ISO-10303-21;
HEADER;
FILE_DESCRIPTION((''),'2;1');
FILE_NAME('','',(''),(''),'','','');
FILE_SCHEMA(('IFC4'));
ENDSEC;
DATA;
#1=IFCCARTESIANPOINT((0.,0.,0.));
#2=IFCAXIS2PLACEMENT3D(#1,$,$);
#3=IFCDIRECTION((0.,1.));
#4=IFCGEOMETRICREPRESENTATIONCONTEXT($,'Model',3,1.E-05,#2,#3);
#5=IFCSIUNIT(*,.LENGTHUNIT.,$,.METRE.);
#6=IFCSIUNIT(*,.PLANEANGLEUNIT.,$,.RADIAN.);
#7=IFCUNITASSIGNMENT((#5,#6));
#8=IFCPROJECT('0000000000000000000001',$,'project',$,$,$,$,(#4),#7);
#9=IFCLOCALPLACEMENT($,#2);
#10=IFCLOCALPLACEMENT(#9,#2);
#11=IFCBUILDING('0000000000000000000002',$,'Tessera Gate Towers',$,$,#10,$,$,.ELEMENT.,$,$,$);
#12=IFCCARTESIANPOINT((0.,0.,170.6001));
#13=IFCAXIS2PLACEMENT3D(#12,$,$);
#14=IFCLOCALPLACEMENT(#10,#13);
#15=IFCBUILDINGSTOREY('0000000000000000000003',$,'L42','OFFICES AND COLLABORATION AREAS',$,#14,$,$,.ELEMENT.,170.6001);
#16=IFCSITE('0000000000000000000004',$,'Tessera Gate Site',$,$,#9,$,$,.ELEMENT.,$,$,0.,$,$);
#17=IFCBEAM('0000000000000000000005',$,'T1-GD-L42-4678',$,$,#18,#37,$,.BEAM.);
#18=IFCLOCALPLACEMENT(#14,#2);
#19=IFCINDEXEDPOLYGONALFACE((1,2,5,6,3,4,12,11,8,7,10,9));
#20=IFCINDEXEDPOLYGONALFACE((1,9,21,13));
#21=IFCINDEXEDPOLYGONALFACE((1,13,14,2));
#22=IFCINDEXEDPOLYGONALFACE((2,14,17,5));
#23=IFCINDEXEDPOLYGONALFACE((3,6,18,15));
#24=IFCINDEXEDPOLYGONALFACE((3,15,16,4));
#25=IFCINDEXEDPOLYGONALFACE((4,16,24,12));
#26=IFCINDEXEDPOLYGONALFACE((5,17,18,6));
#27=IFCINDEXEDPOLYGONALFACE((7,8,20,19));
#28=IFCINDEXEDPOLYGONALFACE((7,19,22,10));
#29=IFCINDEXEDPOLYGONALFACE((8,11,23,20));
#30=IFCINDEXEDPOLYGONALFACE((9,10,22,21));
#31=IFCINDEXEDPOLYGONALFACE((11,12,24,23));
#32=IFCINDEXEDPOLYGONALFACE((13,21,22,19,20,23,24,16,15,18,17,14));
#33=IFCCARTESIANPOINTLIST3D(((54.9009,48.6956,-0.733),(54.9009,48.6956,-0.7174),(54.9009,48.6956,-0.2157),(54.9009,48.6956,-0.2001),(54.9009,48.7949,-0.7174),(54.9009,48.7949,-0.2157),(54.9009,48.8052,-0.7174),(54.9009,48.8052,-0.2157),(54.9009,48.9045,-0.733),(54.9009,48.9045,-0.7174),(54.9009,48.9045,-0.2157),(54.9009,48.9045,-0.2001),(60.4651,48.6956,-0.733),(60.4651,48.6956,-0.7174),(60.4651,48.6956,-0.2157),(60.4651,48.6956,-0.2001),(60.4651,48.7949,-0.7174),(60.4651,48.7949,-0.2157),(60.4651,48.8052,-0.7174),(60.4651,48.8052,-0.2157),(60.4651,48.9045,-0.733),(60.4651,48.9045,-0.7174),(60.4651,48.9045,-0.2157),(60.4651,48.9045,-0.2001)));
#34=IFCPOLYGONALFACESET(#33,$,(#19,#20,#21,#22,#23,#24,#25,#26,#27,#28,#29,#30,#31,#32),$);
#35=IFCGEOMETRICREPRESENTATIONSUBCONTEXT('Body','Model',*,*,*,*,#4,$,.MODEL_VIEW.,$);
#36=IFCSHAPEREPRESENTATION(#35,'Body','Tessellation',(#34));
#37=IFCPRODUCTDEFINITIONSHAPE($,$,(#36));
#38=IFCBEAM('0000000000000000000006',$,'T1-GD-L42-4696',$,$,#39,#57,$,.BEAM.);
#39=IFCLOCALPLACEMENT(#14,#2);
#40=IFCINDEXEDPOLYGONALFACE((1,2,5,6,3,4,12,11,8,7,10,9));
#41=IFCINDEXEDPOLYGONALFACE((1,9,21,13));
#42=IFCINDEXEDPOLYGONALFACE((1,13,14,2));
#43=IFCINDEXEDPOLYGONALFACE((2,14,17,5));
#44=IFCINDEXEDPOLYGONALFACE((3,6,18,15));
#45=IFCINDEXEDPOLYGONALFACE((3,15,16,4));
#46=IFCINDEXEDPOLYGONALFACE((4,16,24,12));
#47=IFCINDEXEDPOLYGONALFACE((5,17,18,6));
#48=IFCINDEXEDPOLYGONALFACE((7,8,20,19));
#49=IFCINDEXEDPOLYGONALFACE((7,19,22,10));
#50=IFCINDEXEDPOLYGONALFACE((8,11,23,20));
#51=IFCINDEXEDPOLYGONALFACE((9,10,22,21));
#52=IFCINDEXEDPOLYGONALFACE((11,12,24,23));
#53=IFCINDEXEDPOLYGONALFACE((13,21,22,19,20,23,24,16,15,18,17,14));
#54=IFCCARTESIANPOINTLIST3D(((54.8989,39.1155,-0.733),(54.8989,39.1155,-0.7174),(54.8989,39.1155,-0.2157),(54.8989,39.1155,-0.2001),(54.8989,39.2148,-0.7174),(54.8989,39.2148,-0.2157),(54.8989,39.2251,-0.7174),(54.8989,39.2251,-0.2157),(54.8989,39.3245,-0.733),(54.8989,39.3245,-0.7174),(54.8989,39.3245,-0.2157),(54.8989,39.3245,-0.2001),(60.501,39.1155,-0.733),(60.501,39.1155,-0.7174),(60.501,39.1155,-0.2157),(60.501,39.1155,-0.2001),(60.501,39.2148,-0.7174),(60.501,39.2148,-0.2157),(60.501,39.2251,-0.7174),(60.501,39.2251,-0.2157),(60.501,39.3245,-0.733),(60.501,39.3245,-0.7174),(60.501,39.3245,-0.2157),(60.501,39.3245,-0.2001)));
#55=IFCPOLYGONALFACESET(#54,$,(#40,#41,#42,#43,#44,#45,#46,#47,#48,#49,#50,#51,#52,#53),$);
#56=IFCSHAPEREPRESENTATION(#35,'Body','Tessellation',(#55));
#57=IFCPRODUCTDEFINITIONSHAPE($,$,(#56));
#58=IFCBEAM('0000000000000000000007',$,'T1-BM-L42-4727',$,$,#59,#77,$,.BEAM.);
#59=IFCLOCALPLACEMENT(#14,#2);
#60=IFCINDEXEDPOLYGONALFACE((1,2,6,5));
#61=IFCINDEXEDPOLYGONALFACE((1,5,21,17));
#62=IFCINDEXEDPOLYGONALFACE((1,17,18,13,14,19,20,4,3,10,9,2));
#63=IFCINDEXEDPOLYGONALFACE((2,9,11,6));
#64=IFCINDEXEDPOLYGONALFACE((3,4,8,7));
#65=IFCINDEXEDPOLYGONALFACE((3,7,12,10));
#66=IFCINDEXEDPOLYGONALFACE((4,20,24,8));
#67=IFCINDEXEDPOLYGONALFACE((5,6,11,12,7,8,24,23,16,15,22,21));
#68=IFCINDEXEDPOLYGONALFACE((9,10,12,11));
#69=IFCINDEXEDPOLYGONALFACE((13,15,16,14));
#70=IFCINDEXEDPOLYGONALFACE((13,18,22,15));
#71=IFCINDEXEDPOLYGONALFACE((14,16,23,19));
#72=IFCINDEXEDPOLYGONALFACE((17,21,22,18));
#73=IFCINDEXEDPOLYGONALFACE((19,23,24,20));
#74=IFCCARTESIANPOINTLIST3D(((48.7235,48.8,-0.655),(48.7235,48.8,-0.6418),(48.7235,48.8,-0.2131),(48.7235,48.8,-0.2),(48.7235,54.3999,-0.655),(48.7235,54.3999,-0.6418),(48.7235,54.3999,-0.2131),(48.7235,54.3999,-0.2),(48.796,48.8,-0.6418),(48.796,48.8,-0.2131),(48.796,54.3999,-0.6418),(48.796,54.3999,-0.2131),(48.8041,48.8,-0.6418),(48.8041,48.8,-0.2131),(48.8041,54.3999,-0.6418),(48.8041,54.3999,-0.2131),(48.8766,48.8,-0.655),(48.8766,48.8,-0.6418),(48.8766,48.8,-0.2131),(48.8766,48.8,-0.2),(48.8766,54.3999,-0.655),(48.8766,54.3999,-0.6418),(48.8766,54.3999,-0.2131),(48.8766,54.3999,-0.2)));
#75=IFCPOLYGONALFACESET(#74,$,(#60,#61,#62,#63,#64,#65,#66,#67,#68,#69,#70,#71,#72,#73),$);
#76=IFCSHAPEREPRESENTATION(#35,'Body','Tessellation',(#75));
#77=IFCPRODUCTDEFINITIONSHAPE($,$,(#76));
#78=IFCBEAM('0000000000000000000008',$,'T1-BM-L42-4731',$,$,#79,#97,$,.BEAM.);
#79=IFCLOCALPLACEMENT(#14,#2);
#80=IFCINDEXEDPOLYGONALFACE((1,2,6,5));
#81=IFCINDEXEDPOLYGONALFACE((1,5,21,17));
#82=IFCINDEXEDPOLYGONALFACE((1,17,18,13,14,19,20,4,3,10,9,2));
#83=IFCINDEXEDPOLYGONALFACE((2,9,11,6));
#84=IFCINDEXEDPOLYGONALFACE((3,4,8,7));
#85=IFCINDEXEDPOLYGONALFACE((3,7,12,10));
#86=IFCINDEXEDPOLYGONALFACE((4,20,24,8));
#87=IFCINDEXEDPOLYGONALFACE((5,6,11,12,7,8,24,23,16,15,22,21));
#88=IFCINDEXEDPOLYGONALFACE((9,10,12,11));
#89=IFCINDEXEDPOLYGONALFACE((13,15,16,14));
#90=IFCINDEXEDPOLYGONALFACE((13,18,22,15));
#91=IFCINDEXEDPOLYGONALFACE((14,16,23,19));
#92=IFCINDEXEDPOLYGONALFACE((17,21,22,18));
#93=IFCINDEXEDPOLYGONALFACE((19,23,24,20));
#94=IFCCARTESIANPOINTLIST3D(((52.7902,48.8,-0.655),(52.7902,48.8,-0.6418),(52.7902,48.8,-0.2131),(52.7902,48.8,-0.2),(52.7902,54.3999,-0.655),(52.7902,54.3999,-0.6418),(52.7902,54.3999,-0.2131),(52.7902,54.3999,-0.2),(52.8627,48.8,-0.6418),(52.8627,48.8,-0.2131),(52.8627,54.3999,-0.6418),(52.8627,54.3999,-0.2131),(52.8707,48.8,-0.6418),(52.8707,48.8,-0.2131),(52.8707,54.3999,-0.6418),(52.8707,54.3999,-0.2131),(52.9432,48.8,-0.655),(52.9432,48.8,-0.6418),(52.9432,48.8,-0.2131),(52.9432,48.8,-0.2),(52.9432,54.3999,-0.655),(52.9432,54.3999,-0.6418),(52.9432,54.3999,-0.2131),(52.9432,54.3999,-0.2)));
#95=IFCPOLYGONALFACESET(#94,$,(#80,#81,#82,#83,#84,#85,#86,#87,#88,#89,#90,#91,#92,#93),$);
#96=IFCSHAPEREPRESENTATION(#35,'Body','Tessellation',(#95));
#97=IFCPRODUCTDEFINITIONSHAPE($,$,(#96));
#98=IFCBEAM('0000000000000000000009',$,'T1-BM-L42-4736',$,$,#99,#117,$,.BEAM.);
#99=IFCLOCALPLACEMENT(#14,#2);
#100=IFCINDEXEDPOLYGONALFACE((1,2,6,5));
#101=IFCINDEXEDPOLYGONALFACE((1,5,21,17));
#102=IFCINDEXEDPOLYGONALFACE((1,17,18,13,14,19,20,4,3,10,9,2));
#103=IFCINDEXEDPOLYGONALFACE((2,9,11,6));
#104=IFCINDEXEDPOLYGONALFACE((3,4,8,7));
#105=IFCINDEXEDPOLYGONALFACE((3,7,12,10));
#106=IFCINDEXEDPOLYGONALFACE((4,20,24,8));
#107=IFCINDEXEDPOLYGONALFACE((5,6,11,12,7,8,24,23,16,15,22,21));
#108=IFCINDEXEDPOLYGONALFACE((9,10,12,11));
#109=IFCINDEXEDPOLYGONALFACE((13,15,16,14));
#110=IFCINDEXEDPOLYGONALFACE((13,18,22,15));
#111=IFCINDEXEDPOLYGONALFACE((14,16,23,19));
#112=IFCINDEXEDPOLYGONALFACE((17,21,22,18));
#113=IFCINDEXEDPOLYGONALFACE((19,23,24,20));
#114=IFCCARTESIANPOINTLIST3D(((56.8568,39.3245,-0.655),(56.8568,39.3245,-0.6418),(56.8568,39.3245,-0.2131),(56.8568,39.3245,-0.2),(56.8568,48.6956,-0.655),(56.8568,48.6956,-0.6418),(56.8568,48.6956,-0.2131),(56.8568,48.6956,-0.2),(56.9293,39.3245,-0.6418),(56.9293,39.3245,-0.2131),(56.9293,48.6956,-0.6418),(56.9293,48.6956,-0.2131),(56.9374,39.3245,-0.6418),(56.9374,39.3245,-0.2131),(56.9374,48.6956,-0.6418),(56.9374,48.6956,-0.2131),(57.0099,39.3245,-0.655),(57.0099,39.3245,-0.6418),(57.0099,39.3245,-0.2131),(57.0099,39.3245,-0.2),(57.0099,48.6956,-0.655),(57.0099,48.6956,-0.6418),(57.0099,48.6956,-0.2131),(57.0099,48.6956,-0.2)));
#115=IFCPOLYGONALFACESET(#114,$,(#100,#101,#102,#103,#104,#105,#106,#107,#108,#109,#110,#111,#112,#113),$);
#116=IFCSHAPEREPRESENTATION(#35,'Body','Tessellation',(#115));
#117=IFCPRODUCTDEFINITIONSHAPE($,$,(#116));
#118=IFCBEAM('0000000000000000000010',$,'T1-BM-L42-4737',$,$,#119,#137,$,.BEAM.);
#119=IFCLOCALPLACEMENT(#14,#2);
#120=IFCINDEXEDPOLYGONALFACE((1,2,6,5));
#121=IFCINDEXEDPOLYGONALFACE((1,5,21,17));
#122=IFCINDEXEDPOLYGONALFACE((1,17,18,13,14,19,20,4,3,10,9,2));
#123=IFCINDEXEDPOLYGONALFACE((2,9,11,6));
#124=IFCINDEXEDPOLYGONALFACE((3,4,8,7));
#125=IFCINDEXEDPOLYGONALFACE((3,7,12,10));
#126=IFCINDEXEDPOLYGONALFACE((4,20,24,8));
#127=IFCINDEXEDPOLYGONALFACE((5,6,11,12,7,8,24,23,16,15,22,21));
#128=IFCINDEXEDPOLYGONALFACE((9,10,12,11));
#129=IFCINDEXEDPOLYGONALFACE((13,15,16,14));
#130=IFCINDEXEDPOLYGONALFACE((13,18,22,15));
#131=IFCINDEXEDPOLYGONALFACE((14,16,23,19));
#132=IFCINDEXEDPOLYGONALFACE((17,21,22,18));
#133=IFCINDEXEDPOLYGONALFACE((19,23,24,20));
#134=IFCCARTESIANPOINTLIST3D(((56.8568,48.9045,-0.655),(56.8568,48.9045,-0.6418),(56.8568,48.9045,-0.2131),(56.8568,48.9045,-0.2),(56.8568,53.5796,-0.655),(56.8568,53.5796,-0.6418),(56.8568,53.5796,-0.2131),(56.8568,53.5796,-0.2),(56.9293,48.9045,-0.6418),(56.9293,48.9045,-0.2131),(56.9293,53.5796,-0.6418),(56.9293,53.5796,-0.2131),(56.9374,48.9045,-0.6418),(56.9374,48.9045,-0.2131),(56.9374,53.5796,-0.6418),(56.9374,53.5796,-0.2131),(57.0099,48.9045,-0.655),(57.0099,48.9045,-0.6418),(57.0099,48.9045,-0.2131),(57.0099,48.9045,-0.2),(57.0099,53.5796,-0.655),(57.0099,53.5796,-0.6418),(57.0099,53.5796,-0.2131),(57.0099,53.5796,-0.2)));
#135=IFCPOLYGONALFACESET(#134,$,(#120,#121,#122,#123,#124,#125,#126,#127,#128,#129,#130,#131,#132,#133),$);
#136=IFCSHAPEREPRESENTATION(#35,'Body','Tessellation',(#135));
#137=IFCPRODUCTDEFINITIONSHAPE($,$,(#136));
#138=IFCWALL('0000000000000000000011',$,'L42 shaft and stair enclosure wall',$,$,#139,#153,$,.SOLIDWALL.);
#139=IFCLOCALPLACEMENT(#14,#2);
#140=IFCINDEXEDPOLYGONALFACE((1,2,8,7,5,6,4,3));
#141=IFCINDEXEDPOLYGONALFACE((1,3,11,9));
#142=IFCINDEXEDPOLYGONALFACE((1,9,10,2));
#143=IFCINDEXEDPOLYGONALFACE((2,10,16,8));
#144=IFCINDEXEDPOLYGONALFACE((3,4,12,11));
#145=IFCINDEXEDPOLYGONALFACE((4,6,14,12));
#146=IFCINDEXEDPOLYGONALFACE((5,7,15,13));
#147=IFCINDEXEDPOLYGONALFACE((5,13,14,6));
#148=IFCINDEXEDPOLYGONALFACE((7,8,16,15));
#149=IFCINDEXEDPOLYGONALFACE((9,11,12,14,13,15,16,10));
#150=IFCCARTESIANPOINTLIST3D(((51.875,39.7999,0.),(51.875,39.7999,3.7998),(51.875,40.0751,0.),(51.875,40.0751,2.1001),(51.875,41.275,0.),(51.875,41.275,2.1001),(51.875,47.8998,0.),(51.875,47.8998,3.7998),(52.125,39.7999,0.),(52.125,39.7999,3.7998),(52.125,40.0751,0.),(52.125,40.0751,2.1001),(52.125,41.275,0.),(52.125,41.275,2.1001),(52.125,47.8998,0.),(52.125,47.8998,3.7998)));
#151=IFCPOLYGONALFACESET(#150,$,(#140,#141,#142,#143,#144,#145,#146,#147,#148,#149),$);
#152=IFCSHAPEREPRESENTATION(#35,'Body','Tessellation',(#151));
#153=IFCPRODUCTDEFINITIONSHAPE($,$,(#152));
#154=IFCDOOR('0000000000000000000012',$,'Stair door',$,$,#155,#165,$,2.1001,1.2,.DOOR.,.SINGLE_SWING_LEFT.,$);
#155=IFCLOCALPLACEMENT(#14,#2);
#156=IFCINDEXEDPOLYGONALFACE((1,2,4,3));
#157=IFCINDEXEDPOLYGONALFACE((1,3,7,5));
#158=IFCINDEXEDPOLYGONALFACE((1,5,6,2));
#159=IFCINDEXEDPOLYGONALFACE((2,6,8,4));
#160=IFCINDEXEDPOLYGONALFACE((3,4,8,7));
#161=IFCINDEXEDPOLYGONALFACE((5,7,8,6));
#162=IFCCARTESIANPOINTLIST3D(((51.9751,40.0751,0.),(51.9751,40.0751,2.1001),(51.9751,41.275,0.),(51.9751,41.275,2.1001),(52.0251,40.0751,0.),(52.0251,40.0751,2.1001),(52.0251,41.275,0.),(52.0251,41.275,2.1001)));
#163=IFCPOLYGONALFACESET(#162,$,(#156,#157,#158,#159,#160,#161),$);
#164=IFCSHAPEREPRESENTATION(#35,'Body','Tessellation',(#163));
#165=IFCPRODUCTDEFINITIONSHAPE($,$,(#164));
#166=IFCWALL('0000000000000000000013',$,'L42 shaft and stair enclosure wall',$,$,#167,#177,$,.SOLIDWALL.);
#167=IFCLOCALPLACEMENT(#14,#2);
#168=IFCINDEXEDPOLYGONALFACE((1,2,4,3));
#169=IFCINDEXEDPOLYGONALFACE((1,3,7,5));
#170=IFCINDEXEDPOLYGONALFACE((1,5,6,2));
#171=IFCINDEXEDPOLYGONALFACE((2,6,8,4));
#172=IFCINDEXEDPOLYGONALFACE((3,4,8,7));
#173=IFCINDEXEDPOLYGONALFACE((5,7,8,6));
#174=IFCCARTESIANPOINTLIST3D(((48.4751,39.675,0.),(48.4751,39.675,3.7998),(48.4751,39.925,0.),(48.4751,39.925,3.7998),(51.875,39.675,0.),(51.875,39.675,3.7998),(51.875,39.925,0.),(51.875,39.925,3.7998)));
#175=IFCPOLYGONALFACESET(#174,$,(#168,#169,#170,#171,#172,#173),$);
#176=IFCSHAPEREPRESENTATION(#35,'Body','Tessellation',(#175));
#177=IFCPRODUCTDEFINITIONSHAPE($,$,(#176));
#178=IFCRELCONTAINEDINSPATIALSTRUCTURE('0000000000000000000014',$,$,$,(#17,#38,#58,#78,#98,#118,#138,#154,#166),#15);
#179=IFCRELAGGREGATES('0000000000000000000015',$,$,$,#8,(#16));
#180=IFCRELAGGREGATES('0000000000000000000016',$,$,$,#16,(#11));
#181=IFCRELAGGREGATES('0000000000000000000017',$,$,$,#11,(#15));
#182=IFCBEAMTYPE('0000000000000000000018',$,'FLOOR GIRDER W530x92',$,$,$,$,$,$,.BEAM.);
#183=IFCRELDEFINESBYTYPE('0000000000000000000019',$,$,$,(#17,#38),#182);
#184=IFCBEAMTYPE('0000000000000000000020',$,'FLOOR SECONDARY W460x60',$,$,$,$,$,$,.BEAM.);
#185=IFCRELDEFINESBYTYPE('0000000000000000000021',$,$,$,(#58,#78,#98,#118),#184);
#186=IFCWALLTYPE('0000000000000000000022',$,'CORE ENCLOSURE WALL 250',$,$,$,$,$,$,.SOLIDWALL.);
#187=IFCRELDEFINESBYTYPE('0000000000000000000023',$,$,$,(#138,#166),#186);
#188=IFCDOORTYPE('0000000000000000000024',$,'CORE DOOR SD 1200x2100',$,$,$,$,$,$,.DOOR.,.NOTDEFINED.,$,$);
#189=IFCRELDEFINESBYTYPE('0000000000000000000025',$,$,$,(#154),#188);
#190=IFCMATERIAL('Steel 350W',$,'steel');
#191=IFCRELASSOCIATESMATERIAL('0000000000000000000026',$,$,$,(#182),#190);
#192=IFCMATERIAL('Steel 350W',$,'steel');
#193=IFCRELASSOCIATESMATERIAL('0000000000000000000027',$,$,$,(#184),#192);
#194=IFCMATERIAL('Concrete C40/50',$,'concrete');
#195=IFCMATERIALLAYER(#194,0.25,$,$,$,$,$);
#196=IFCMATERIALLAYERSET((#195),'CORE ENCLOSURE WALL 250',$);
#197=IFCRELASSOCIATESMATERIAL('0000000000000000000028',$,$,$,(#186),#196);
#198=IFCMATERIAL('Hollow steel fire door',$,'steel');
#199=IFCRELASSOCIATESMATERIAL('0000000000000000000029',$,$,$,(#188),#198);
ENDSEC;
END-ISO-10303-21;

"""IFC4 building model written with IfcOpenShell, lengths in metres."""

from ifc_helpers import new_model, si_unit, direction, frame, frame_2d, origin, origin_2d, place, context, subcontext, project, spatial, rectangle, i_section, extrude, source, transform, mapped, material, layer, layer_set, material_profile, profile_set, type_object, element, fill, save


model = new_model("IFC4")

# Units and contexts
model_context = context("Model", 3, precision=1e-05, world=origin(), true_north=direction((0.0, 1.0)))
body_context = subcontext(model_context, "Body", "Model", "MODEL_VIEW")
ifc_project = project(units=[si_unit("LENGTHUNIT", "METRE"), si_unit("PLANEANGLEUNIT", "RADIAN")], contexts=[model_context])

# Site, building, storey
site_placement = place(None, origin())
site = spatial("IfcSite", under=ifc_project, at=site_placement, Name="Tessera Gate Site", CompositionType="ELEMENT", RefElevation=0.0)
building_placement = place(site_placement, origin())
building = spatial("IfcBuilding", under=site, at=building_placement, Name="Tessera Gate Towers", CompositionType="ELEMENT")
storey_placement = place(building_placement, frame((0.0, 0.0, 170.6001)))
storey = spatial("IfcBuildingStorey", under=building, at=storey_placement, Name="L42", Description="OFFICES AND COLLABORATION AREAS", CompositionType="ELEMENT", Elevation=170.6001)

# Beams
ifc_material_1 = material(Name="Steel 350W", Category="steel")
ifc_material_profile_1 = material_profile(ifc_material_1, i_section(OverallWidth=0.209, OverallDepth=0.533, WebThickness=0.0103, FlangeThickness=0.0156, at=origin_2d()), Name="W530x92")
ifc_profile_set_1 = profile_set([ifc_material_profile_1], Name="Steel 350W")
beam_type_1 = type_object("IfcBeamType", Name="FLOOR GIRDER W530x92", PredefinedType="BEAM", material=ifc_profile_set_1)
beam_1_placement = place(storey_placement, frame((54.9009, 48.8, -0.4666), z_axis=(1.0, 0.0, 0.0), x_axis=(0.0, 1.0, 0.0)))
element("IfcBeam", 1, at=beam_1_placement, inside=storey, type_object=beam_type_1, Name="T1-GD-L42-4678", PredefinedType="BEAM", context=body_context, shape_type="SweptSolid", body=[
    extrude(i_section(OverallWidth=0.209, OverallDepth=0.533, WebThickness=0.0103, FlangeThickness=0.0156, at=origin_2d()), origin(), (0.0, 0.0, 1.0), 5.5642),
])
beam_2_placement = place(storey_placement, frame((54.8989, 39.22, -0.4666), z_axis=(1.0, 0.0, 0.0), x_axis=(0.0, 1.0, 0.0)))
element("IfcBeam", 2, at=beam_2_placement, inside=storey, type_object=beam_type_1, Name="T1-GD-L42-4696", PredefinedType="BEAM", context=body_context, shape_type="SweptSolid", body=[
    extrude(i_section(OverallWidth=0.209, OverallDepth=0.533, WebThickness=0.0103, FlangeThickness=0.0156, at=origin_2d()), origin(), (0.0, 0.0, 1.0), 5.6021),
])
ifc_material_2 = material(Name="Steel 350W", Category="steel")
ifc_material_profile_2 = material_profile(ifc_material_2, i_section(OverallWidth=0.1531, OverallDepth=0.4551, WebThickness=0.0081, FlangeThickness=0.0132, at=origin_2d()), Name="W460x60")
ifc_profile_set_2 = profile_set([ifc_material_profile_2], Name="Steel 350W")
beam_type_2 = type_object("IfcBeamType", Name="FLOOR SECONDARY W460x60", PredefinedType="BEAM", material=ifc_profile_set_2)
for number, where, z_axis, x_axis, name in (
    (3, (48.8, 48.8, -0.4275), (0.0, 1.0, 0.0), (-1.0, 0.0, 0.0), "T1-BM-L42-4727"),
    (4, (52.8667, 48.8, -0.4275), (0.0, 1.0, 0.0), (-1.0, 0.0, 0.0), "T1-BM-L42-4731"),
):
    element("IfcBeam", number, at=place(storey_placement, frame(where, z_axis=z_axis, x_axis=x_axis)), inside=storey, type_object=beam_type_2, Name=name, PredefinedType="BEAM", context=body_context, shape_type="SweptSolid", body=[
        extrude(i_section(OverallWidth=0.1531, OverallDepth=0.4551, WebThickness=0.0081, FlangeThickness=0.0132, at=origin_2d()), origin(), (0.0, 0.0, 1.0), 5.5999),
    ])
beam_3_placement = place(storey_placement, frame((56.9333, 39.3245, -0.4275), z_axis=(0.0, 1.0, 0.0), x_axis=(-1.0, 0.0, 0.0)))
element("IfcBeam", 5, at=beam_3_placement, inside=storey, type_object=beam_type_2, Name="T1-BM-L42-4736", PredefinedType="BEAM", context=body_context, shape_type="SweptSolid", body=[
    extrude(i_section(OverallWidth=0.1531, OverallDepth=0.4551, WebThickness=0.0081, FlangeThickness=0.0132, at=origin_2d()), origin(), (0.0, 0.0, 1.0), 9.3711),
])
beam_4_placement = place(storey_placement, frame((56.9333, 48.9045, -0.4275), z_axis=(0.0, 1.0, 0.0), x_axis=(-1.0, 0.0, 0.0)))
element("IfcBeam", 6, at=beam_4_placement, inside=storey, type_object=beam_type_2, Name="T1-BM-L42-4737", PredefinedType="BEAM", context=body_context, shape_type="SweptSolid", body=[
    extrude(i_section(OverallWidth=0.1531, OverallDepth=0.4551, WebThickness=0.0081, FlangeThickness=0.0132, at=origin_2d()), origin(), (0.0, 0.0, 1.0), 4.675),
])

# Wall, opening, door
ifc_material_3 = material(Name="Concrete C40/50", Category="concrete")
ifc_layer_1 = layer(ifc_material_3, 0.25)
ifc_layer_set_1 = layer_set([ifc_layer_1], Name="CORE ENCLOSURE WALL 250")
wall_type_1 = type_object("IfcWallType", Name="CORE ENCLOSURE WALL 250", PredefinedType="SOLIDWALL", material=ifc_layer_set_1)
wall_1_placement = place(storey_placement, frame((52.0, 39.8, 0.0), z_axis=(0.0, 0.0, 1.0), x_axis=(0.0, 1.0, 0.0)))
wall_1 = element("IfcWall", 7, at=wall_1_placement, inside=storey, type_object=wall_type_1, Name="L42 shaft and stair enclosure wall", PredefinedType="SOLIDWALL", context=body_context, shape_type="SweptSolid", body=[
    extrude(rectangle(XDim=8.0999, YDim=0.25, at=frame_2d((4.0498, 0.0))), origin(), (0.0, 0.0, 1.0), 3.7998),
])
shared_shape_1 = source(origin(), body_context, "Body", "SweptSolid", [
    extrude(rectangle(XDim=1.2, YDim=2.1001, at=frame_2d((0.6001, 1.05))), frame((0.0, 0.135, 0.0), z_axis=(0.0, -1.0, 0.0), x_axis=(1.0, 0.0, 0.0)), (0.0, 0.0, 1.0), 0.27),
])
opening_1_placement = place(wall_1_placement, frame((0.2749, 0.0, 0.0)))
opening_1 = element("IfcOpeningElement", 8, at=opening_1_placement, cuts=wall_1, PredefinedType="OPENING", context=body_context, shape_type="MappedRepresentation", body=[
    mapped(shared_shape_1, transform((0.0, 0.0, 0.0), scale=1.0)),
])
ifc_material_4 = material(Name="Hollow steel fire door", Category="steel")
door_type_1 = type_object("IfcDoorType", Name="CORE DOOR SD 1200x2100", OperationType="NOTDEFINED", PredefinedType="DOOR", material=ifc_material_4)
shared_shape_2 = source(origin(), body_context, "Body", "SweptSolid", [
    extrude(rectangle(XDim=1.2, YDim=2.1001, at=frame_2d((0.6001, 1.05))), frame((0.0, 0.0249, 0.0), z_axis=(0.0, -1.0, 0.0), x_axis=(1.0, 0.0, 0.0)), (0.0, 0.0, 1.0), 0.05),
])
door_1_placement = place(opening_1_placement, origin())
door_1 = element("IfcDoor", 9, at=door_1_placement, inside=storey, type_object=door_type_1, Name="Stair door", OperationType="SINGLE_SWING_LEFT", OverallHeight=2.1001, OverallWidth=1.2, PredefinedType="DOOR", context=body_context, shape_type="MappedRepresentation", body=[
    mapped(shared_shape_2, transform((0.0, 0.0, 0.0), scale=1.0)),
])
fill(opening_1, door_1)

# Wall
wall_2_placement = place(storey_placement, frame((48.4751, 39.8, 0.0), z_axis=(0.0, 0.0, 1.0), x_axis=(1.0, 0.0, 0.0)))
element("IfcWall", 10, at=wall_2_placement, inside=storey, type_object=wall_type_1, Name="L42 shaft and stair enclosure wall", PredefinedType="SOLIDWALL", context=body_context, shape_type="SweptSolid", body=[
    extrude(rectangle(XDim=3.3999, YDim=0.25, at=frame_2d((1.7, 0.0))), origin(), (0.0, 0.0, 1.0), 3.7998),
])

save(model, "model.ifc")
